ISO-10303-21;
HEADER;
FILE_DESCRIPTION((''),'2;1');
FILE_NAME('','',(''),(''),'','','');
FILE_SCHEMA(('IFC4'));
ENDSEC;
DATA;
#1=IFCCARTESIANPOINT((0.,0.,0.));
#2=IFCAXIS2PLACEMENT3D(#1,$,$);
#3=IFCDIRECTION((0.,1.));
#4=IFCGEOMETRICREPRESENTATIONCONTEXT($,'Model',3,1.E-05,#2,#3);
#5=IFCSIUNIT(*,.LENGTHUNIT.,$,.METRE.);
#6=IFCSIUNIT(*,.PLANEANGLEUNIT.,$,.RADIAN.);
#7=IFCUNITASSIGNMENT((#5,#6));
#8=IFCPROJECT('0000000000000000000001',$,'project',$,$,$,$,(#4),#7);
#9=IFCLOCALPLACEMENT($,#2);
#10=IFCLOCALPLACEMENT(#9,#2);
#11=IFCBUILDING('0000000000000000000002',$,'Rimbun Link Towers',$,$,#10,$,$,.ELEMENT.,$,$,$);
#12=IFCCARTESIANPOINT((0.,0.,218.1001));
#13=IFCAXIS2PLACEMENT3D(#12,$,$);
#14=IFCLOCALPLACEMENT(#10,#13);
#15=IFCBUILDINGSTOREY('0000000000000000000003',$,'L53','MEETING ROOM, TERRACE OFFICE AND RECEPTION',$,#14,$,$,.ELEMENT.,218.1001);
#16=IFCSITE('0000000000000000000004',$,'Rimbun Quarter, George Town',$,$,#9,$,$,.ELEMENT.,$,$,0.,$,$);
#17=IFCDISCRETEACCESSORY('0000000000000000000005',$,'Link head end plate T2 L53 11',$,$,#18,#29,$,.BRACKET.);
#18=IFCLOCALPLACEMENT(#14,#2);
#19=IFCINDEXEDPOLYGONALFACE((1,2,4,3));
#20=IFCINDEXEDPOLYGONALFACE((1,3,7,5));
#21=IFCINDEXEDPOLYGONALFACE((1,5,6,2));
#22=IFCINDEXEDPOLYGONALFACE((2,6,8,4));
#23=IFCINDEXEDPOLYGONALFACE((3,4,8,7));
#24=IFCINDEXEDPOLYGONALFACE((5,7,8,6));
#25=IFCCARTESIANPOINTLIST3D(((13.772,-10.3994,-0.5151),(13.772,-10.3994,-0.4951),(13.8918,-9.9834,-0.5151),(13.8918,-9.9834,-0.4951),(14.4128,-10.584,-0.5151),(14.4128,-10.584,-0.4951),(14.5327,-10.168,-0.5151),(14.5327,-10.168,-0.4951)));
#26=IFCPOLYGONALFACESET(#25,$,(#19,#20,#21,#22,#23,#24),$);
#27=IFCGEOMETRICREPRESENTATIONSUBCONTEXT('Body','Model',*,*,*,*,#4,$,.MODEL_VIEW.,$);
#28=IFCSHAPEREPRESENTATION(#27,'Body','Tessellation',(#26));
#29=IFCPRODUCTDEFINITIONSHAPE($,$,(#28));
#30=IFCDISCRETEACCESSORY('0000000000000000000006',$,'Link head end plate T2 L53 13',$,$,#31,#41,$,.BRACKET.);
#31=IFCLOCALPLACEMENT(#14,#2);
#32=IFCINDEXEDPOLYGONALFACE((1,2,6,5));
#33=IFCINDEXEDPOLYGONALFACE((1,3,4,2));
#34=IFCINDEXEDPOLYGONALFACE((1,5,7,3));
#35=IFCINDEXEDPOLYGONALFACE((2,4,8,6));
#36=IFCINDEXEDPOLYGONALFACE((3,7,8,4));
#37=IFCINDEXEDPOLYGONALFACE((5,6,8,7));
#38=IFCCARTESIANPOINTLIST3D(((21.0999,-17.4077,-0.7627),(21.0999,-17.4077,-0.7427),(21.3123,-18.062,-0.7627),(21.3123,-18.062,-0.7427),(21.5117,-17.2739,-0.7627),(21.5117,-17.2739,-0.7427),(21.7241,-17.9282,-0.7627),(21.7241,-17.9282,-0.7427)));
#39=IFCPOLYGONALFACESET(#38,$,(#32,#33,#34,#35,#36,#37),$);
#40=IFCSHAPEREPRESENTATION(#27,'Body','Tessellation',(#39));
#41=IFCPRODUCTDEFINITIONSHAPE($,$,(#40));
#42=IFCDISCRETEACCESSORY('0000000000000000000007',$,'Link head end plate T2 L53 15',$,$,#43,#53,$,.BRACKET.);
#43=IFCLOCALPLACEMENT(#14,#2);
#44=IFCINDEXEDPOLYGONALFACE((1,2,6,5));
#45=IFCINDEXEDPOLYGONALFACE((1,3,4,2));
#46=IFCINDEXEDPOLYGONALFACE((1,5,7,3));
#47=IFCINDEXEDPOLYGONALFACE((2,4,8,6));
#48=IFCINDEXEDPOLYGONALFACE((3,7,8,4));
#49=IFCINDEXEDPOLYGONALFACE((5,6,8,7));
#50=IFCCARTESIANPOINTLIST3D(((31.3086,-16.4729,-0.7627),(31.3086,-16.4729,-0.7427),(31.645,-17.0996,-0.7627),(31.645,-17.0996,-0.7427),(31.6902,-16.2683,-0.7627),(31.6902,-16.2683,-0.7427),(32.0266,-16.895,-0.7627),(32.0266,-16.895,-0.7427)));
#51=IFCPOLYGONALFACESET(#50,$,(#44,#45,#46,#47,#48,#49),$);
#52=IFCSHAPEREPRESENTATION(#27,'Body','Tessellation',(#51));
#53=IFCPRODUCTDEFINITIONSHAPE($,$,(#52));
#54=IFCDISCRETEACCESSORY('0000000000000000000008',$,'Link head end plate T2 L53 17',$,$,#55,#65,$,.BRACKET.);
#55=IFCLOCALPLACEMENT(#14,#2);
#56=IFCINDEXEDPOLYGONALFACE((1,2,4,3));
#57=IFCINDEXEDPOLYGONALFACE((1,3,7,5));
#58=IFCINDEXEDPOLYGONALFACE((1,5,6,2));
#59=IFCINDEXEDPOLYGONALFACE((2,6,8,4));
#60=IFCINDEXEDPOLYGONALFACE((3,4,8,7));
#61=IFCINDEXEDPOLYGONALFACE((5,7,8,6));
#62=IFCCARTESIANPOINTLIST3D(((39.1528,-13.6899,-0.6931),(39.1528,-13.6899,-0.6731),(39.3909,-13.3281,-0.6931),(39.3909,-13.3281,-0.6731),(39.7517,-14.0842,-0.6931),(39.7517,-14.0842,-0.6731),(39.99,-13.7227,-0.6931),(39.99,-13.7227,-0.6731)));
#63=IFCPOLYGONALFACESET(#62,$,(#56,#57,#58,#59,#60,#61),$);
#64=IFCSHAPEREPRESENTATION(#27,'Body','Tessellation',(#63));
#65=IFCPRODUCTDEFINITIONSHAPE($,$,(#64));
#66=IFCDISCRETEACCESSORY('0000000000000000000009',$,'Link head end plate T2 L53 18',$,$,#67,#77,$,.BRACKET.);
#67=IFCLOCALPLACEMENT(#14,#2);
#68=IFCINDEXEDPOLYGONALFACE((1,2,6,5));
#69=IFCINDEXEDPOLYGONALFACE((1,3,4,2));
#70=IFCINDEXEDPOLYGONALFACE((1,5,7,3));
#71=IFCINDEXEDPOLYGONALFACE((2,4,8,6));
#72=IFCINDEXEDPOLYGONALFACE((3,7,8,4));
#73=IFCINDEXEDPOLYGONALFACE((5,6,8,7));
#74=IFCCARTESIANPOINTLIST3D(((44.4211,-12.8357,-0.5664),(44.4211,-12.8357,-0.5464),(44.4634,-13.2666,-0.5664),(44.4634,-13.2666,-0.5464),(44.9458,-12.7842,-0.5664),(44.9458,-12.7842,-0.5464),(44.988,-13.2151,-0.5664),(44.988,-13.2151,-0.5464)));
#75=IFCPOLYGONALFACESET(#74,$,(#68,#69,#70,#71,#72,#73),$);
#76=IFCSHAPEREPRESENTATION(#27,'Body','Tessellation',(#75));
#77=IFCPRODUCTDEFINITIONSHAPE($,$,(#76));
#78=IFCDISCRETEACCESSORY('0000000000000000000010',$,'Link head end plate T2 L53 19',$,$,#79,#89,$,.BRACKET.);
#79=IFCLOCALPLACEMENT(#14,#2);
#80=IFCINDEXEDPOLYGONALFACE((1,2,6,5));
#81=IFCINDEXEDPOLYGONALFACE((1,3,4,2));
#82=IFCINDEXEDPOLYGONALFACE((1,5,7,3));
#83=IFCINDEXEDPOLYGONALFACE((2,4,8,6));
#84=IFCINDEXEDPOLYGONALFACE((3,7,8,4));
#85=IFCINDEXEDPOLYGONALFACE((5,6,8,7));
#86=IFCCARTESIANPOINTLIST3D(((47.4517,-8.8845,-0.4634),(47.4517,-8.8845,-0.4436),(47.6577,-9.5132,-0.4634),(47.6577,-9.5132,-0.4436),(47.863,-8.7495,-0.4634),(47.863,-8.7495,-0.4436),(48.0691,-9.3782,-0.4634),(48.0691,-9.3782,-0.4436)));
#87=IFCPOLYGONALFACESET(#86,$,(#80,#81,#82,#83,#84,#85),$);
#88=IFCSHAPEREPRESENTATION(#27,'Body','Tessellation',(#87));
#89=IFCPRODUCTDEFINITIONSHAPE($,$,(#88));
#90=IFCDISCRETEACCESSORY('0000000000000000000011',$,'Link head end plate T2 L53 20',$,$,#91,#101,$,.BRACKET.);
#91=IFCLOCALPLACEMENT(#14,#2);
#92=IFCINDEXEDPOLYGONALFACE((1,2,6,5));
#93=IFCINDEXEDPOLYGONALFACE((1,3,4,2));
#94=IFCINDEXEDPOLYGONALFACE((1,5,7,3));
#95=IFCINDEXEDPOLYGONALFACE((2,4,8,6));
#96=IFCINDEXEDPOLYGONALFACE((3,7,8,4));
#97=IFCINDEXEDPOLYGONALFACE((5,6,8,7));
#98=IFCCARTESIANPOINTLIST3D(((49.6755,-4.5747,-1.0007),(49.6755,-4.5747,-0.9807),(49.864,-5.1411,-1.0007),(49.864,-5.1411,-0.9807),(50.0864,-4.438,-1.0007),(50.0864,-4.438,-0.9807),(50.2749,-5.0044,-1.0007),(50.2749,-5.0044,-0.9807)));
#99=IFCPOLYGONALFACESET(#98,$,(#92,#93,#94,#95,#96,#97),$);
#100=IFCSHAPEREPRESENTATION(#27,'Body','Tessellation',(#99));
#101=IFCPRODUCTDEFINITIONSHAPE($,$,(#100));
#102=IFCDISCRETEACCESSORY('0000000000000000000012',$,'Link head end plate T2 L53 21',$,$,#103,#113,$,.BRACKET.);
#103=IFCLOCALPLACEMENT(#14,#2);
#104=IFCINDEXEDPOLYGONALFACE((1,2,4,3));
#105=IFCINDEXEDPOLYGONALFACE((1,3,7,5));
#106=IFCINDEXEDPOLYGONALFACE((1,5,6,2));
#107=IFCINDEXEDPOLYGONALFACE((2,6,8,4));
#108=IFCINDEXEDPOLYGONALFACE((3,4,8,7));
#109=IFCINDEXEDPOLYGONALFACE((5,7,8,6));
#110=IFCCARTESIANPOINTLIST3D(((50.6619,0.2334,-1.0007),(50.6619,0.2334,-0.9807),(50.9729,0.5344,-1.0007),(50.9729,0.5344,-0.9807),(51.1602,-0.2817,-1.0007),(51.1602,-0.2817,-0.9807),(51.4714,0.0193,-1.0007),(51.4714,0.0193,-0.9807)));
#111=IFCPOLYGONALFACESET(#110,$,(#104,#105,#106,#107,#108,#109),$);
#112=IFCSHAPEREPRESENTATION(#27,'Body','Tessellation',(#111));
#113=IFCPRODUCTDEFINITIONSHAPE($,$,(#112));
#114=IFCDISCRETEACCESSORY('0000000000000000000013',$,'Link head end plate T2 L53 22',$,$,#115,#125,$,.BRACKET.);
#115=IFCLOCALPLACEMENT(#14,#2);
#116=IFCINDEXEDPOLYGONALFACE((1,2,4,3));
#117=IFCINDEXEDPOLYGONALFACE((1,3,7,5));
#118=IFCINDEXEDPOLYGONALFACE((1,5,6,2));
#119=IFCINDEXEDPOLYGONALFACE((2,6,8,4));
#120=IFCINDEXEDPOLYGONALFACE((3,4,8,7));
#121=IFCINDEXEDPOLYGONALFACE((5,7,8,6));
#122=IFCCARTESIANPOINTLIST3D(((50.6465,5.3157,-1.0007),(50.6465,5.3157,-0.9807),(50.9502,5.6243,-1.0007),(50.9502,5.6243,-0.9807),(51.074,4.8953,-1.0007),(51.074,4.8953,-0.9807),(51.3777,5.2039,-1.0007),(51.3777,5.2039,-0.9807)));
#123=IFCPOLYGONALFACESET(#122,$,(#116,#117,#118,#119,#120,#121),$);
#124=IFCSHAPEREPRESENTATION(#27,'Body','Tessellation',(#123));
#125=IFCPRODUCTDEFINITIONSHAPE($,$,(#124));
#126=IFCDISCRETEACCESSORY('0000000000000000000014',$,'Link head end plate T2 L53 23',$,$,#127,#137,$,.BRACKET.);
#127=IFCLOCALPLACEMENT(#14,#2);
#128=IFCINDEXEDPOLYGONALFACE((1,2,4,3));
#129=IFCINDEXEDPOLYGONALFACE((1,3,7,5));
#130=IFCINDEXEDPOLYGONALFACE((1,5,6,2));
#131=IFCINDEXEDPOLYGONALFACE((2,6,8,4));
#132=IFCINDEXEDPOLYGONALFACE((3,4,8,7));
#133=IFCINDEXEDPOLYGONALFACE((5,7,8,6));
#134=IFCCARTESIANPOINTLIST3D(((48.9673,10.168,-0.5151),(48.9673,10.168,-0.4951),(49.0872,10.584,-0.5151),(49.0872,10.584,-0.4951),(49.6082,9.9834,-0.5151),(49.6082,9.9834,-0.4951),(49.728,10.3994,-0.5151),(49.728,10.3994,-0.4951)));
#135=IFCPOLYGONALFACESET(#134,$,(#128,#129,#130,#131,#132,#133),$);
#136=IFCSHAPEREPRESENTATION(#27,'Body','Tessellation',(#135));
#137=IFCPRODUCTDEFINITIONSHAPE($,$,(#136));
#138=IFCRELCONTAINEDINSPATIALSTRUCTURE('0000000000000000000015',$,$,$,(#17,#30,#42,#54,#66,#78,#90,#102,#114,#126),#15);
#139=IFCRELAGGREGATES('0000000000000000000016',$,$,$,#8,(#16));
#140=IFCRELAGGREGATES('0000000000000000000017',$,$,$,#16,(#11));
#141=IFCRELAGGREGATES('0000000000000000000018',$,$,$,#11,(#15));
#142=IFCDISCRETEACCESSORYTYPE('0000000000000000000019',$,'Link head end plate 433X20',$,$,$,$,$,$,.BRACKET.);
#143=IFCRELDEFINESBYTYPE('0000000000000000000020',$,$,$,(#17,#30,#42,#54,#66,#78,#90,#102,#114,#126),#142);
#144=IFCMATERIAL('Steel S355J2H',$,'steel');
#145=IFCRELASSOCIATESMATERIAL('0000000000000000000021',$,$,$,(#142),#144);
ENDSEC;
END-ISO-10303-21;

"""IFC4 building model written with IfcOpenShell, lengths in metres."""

from ifc_helpers import new_model, si_unit, direction, frame, origin, origin_2d, place, context, subcontext, project, spatial, polyline, rectangle, outline, extrude, material, material_profile, profile_set, type_object, element, save


model = new_model("IFC4")

# Units and contexts
model_context = context("Model", 3, precision=1e-05, world=origin(), true_north=direction((0.0, 1.0)))
body_context = subcontext(model_context, "Body", "Model", "MODEL_VIEW")
ifc_project = project(units=[si_unit("LENGTHUNIT", "METRE"), si_unit("PLANEANGLEUNIT", "RADIAN")], contexts=[model_context])

# Site, building, storey
site_placement = place(None, origin())
site = spatial("IfcSite", under=ifc_project, at=site_placement, Name="Rimbun Quarter, George Town", CompositionType="ELEMENT", RefElevation=0.0)
building_placement = place(site_placement, origin())
building = spatial("IfcBuilding", under=site, at=building_placement, Name="Rimbun Link Towers", CompositionType="ELEMENT")
storey_placement = place(building_placement, frame((0.0, 0.0, 218.1001)))
storey = spatial("IfcBuildingStorey", under=building, at=storey_placement, Name="L53", Description="MEETING ROOM, TERRACE OFFICE AND RECEPTION", CompositionType="ELEMENT", Elevation=218.1001)

# Discrete accessories
ifc_material_1 = material(Name="Steel S355J2H", Category="steel")
ifc_material_profile_1 = material_profile(ifc_material_1, rectangle(XDim=0.4331, YDim=0.4331, at=origin_2d()), Name="PL 433x433")
ifc_profile_set_1 = profile_set([ifc_material_profile_1], Name="Steel S355J2H")
discrete_accessory_type_1 = type_object("IfcDiscreteAccessoryType", Name="Link head end plate 433X20", PredefinedType="BRACKET", material=ifc_profile_set_1)
discrete_accessory_1_placement = place(storey_placement, frame((0.0, 0.0, -0.5151)))
element("IfcDiscreteAccessory", 1, at=discrete_accessory_1_placement, inside=storey, type_object=discrete_accessory_type_1, Name="Link head end plate T2 L53 11", PredefinedType="BRACKET", context=body_context, shape_type="SweptSolid", body=[
    extrude(outline(polyline([(14.5327, -10.168), (13.8918, -9.9834), (13.772, -10.3994), (14.4128, -10.584), (14.5327, -10.168)])), origin(), (0.0, 0.0, 1.0), 0.02),
])
discrete_accessory_2_placement = place(storey_placement, frame((0.0, 0.0, -0.7627)))
element("IfcDiscreteAccessory", 2, at=discrete_accessory_2_placement, inside=storey, type_object=discrete_accessory_type_1, Name="Link head end plate T2 L53 13", PredefinedType="BRACKET", context=body_context, shape_type="SweptSolid", body=[
    extrude(outline(polyline([(21.0999, -17.4077), (21.3123, -18.062), (21.7241, -17.9282), (21.5117, -17.2739), (21.0999, -17.4077)])), origin(), (0.0, 0.0, 1.0), 0.02),
])
discrete_accessory_3_placement = place(storey_placement, frame((0.0, 0.0, -0.7627)))
element("IfcDiscreteAccessory", 3, at=discrete_accessory_3_placement, inside=storey, type_object=discrete_accessory_type_1, Name="Link head end plate T2 L53 15", PredefinedType="BRACKET", context=body_context, shape_type="SweptSolid", body=[
    extrude(outline(polyline([(31.3086, -16.4729), (31.645, -17.0996), (32.0266, -16.895), (31.6902, -16.2683), (31.3086, -16.4729)])), origin(), (0.0, 0.0, 1.0), 0.02),
])
discrete_accessory_4_placement = place(storey_placement, frame((0.0, 0.0, -0.6931)))
element("IfcDiscreteAccessory", 4, at=discrete_accessory_4_placement, inside=storey, type_object=discrete_accessory_type_1, Name="Link head end plate T2 L53 17", PredefinedType="BRACKET", context=body_context, shape_type="SweptSolid", body=[
    extrude(outline(polyline([(39.1528, -13.6899), (39.7517, -14.0842), (39.99, -13.7227), (39.3909, -13.3281), (39.1528, -13.6899)])), origin(), (0.0, 0.0, 1.0), 0.02),
])
discrete_accessory_5_placement = place(storey_placement, frame((0.0, 0.0, -0.5664)))
element("IfcDiscreteAccessory", 5, at=discrete_accessory_5_placement, inside=storey, type_object=discrete_accessory_type_1, Name="Link head end plate T2 L53 18", PredefinedType="BRACKET", context=body_context, shape_type="SweptSolid", body=[
    extrude(outline(polyline([(44.4634, -13.2666), (44.988, -13.2151), (44.9458, -12.7842), (44.4211, -12.8357), (44.4634, -13.2666)])), origin(), (0.0, 0.0, 1.0), 0.02),
])
discrete_accessory_6_placement = place(storey_placement, frame((0.0, 0.0, -0.4634)))
element("IfcDiscreteAccessory", 6, at=discrete_accessory_6_placement, inside=storey, type_object=discrete_accessory_type_1, Name="Link head end plate T2 L53 19", PredefinedType="BRACKET", context=body_context, shape_type="SweptSolid", body=[
    extrude(outline(polyline([(47.4517, -8.8845), (47.6577, -9.5132), (48.0691, -9.3782), (47.863, -8.7495), (47.4517, -8.8845)])), origin(), (0.0, 0.0, 1.0), 0.0198),
])
discrete_accessory_7_placement = place(storey_placement, frame((0.0, 0.0, -1.0007)))
element("IfcDiscreteAccessory", 7, at=discrete_accessory_7_placement, inside=storey, type_object=discrete_accessory_type_1, Name="Link head end plate T2 L53 20", PredefinedType="BRACKET", context=body_context, shape_type="SweptSolid", body=[
    extrude(outline(polyline([(49.6755, -4.5747), (49.864, -5.1411), (50.2749, -5.0044), (50.0864, -4.438), (49.6755, -4.5747)])), origin(), (0.0, 0.0, 1.0), 0.02),
])
discrete_accessory_8_placement = place(storey_placement, frame((0.0, 0.0, -1.0007)))
element("IfcDiscreteAccessory", 8, at=discrete_accessory_8_placement, inside=storey, type_object=discrete_accessory_type_1, Name="Link head end plate T2 L53 21", PredefinedType="BRACKET", context=body_context, shape_type="SweptSolid", body=[
    extrude(outline(polyline([(50.6619, 0.2334), (51.1602, -0.2817), (51.4714, 0.0193), (50.9729, 0.5344), (50.6619, 0.2334)])), origin(), (0.0, 0.0, 1.0), 0.02),
])
discrete_accessory_9_placement = place(storey_placement, frame((0.0, 0.0, -1.0007)))
element("IfcDiscreteAccessory", 9, at=discrete_accessory_9_placement, inside=storey, type_object=discrete_accessory_type_1, Name="Link head end plate T2 L53 22", PredefinedType="BRACKET", context=body_context, shape_type="SweptSolid", body=[
    extrude(outline(polyline([(50.6465, 5.3157), (51.074, 4.8953), (51.3777, 5.2039), (50.9502, 5.6243), (50.6465, 5.3157)])), origin(), (0.0, 0.0, 1.0), 0.02),
])
discrete_accessory_10_placement = place(storey_placement, frame((0.0, 0.0, -0.5151)))
element("IfcDiscreteAccessory", 10, at=discrete_accessory_10_placement, inside=storey, type_object=discrete_accessory_type_1, Name="Link head end plate T2 L53 23", PredefinedType="BRACKET", context=body_context, shape_type="SweptSolid", body=[
    extrude(outline(polyline([(48.9673, 10.168), (49.6082, 9.9834), (49.728, 10.3994), (49.0872, 10.584), (48.9673, 10.168)])), origin(), (0.0, 0.0, 1.0), 0.02),
])

save(model, "model.ifc")
